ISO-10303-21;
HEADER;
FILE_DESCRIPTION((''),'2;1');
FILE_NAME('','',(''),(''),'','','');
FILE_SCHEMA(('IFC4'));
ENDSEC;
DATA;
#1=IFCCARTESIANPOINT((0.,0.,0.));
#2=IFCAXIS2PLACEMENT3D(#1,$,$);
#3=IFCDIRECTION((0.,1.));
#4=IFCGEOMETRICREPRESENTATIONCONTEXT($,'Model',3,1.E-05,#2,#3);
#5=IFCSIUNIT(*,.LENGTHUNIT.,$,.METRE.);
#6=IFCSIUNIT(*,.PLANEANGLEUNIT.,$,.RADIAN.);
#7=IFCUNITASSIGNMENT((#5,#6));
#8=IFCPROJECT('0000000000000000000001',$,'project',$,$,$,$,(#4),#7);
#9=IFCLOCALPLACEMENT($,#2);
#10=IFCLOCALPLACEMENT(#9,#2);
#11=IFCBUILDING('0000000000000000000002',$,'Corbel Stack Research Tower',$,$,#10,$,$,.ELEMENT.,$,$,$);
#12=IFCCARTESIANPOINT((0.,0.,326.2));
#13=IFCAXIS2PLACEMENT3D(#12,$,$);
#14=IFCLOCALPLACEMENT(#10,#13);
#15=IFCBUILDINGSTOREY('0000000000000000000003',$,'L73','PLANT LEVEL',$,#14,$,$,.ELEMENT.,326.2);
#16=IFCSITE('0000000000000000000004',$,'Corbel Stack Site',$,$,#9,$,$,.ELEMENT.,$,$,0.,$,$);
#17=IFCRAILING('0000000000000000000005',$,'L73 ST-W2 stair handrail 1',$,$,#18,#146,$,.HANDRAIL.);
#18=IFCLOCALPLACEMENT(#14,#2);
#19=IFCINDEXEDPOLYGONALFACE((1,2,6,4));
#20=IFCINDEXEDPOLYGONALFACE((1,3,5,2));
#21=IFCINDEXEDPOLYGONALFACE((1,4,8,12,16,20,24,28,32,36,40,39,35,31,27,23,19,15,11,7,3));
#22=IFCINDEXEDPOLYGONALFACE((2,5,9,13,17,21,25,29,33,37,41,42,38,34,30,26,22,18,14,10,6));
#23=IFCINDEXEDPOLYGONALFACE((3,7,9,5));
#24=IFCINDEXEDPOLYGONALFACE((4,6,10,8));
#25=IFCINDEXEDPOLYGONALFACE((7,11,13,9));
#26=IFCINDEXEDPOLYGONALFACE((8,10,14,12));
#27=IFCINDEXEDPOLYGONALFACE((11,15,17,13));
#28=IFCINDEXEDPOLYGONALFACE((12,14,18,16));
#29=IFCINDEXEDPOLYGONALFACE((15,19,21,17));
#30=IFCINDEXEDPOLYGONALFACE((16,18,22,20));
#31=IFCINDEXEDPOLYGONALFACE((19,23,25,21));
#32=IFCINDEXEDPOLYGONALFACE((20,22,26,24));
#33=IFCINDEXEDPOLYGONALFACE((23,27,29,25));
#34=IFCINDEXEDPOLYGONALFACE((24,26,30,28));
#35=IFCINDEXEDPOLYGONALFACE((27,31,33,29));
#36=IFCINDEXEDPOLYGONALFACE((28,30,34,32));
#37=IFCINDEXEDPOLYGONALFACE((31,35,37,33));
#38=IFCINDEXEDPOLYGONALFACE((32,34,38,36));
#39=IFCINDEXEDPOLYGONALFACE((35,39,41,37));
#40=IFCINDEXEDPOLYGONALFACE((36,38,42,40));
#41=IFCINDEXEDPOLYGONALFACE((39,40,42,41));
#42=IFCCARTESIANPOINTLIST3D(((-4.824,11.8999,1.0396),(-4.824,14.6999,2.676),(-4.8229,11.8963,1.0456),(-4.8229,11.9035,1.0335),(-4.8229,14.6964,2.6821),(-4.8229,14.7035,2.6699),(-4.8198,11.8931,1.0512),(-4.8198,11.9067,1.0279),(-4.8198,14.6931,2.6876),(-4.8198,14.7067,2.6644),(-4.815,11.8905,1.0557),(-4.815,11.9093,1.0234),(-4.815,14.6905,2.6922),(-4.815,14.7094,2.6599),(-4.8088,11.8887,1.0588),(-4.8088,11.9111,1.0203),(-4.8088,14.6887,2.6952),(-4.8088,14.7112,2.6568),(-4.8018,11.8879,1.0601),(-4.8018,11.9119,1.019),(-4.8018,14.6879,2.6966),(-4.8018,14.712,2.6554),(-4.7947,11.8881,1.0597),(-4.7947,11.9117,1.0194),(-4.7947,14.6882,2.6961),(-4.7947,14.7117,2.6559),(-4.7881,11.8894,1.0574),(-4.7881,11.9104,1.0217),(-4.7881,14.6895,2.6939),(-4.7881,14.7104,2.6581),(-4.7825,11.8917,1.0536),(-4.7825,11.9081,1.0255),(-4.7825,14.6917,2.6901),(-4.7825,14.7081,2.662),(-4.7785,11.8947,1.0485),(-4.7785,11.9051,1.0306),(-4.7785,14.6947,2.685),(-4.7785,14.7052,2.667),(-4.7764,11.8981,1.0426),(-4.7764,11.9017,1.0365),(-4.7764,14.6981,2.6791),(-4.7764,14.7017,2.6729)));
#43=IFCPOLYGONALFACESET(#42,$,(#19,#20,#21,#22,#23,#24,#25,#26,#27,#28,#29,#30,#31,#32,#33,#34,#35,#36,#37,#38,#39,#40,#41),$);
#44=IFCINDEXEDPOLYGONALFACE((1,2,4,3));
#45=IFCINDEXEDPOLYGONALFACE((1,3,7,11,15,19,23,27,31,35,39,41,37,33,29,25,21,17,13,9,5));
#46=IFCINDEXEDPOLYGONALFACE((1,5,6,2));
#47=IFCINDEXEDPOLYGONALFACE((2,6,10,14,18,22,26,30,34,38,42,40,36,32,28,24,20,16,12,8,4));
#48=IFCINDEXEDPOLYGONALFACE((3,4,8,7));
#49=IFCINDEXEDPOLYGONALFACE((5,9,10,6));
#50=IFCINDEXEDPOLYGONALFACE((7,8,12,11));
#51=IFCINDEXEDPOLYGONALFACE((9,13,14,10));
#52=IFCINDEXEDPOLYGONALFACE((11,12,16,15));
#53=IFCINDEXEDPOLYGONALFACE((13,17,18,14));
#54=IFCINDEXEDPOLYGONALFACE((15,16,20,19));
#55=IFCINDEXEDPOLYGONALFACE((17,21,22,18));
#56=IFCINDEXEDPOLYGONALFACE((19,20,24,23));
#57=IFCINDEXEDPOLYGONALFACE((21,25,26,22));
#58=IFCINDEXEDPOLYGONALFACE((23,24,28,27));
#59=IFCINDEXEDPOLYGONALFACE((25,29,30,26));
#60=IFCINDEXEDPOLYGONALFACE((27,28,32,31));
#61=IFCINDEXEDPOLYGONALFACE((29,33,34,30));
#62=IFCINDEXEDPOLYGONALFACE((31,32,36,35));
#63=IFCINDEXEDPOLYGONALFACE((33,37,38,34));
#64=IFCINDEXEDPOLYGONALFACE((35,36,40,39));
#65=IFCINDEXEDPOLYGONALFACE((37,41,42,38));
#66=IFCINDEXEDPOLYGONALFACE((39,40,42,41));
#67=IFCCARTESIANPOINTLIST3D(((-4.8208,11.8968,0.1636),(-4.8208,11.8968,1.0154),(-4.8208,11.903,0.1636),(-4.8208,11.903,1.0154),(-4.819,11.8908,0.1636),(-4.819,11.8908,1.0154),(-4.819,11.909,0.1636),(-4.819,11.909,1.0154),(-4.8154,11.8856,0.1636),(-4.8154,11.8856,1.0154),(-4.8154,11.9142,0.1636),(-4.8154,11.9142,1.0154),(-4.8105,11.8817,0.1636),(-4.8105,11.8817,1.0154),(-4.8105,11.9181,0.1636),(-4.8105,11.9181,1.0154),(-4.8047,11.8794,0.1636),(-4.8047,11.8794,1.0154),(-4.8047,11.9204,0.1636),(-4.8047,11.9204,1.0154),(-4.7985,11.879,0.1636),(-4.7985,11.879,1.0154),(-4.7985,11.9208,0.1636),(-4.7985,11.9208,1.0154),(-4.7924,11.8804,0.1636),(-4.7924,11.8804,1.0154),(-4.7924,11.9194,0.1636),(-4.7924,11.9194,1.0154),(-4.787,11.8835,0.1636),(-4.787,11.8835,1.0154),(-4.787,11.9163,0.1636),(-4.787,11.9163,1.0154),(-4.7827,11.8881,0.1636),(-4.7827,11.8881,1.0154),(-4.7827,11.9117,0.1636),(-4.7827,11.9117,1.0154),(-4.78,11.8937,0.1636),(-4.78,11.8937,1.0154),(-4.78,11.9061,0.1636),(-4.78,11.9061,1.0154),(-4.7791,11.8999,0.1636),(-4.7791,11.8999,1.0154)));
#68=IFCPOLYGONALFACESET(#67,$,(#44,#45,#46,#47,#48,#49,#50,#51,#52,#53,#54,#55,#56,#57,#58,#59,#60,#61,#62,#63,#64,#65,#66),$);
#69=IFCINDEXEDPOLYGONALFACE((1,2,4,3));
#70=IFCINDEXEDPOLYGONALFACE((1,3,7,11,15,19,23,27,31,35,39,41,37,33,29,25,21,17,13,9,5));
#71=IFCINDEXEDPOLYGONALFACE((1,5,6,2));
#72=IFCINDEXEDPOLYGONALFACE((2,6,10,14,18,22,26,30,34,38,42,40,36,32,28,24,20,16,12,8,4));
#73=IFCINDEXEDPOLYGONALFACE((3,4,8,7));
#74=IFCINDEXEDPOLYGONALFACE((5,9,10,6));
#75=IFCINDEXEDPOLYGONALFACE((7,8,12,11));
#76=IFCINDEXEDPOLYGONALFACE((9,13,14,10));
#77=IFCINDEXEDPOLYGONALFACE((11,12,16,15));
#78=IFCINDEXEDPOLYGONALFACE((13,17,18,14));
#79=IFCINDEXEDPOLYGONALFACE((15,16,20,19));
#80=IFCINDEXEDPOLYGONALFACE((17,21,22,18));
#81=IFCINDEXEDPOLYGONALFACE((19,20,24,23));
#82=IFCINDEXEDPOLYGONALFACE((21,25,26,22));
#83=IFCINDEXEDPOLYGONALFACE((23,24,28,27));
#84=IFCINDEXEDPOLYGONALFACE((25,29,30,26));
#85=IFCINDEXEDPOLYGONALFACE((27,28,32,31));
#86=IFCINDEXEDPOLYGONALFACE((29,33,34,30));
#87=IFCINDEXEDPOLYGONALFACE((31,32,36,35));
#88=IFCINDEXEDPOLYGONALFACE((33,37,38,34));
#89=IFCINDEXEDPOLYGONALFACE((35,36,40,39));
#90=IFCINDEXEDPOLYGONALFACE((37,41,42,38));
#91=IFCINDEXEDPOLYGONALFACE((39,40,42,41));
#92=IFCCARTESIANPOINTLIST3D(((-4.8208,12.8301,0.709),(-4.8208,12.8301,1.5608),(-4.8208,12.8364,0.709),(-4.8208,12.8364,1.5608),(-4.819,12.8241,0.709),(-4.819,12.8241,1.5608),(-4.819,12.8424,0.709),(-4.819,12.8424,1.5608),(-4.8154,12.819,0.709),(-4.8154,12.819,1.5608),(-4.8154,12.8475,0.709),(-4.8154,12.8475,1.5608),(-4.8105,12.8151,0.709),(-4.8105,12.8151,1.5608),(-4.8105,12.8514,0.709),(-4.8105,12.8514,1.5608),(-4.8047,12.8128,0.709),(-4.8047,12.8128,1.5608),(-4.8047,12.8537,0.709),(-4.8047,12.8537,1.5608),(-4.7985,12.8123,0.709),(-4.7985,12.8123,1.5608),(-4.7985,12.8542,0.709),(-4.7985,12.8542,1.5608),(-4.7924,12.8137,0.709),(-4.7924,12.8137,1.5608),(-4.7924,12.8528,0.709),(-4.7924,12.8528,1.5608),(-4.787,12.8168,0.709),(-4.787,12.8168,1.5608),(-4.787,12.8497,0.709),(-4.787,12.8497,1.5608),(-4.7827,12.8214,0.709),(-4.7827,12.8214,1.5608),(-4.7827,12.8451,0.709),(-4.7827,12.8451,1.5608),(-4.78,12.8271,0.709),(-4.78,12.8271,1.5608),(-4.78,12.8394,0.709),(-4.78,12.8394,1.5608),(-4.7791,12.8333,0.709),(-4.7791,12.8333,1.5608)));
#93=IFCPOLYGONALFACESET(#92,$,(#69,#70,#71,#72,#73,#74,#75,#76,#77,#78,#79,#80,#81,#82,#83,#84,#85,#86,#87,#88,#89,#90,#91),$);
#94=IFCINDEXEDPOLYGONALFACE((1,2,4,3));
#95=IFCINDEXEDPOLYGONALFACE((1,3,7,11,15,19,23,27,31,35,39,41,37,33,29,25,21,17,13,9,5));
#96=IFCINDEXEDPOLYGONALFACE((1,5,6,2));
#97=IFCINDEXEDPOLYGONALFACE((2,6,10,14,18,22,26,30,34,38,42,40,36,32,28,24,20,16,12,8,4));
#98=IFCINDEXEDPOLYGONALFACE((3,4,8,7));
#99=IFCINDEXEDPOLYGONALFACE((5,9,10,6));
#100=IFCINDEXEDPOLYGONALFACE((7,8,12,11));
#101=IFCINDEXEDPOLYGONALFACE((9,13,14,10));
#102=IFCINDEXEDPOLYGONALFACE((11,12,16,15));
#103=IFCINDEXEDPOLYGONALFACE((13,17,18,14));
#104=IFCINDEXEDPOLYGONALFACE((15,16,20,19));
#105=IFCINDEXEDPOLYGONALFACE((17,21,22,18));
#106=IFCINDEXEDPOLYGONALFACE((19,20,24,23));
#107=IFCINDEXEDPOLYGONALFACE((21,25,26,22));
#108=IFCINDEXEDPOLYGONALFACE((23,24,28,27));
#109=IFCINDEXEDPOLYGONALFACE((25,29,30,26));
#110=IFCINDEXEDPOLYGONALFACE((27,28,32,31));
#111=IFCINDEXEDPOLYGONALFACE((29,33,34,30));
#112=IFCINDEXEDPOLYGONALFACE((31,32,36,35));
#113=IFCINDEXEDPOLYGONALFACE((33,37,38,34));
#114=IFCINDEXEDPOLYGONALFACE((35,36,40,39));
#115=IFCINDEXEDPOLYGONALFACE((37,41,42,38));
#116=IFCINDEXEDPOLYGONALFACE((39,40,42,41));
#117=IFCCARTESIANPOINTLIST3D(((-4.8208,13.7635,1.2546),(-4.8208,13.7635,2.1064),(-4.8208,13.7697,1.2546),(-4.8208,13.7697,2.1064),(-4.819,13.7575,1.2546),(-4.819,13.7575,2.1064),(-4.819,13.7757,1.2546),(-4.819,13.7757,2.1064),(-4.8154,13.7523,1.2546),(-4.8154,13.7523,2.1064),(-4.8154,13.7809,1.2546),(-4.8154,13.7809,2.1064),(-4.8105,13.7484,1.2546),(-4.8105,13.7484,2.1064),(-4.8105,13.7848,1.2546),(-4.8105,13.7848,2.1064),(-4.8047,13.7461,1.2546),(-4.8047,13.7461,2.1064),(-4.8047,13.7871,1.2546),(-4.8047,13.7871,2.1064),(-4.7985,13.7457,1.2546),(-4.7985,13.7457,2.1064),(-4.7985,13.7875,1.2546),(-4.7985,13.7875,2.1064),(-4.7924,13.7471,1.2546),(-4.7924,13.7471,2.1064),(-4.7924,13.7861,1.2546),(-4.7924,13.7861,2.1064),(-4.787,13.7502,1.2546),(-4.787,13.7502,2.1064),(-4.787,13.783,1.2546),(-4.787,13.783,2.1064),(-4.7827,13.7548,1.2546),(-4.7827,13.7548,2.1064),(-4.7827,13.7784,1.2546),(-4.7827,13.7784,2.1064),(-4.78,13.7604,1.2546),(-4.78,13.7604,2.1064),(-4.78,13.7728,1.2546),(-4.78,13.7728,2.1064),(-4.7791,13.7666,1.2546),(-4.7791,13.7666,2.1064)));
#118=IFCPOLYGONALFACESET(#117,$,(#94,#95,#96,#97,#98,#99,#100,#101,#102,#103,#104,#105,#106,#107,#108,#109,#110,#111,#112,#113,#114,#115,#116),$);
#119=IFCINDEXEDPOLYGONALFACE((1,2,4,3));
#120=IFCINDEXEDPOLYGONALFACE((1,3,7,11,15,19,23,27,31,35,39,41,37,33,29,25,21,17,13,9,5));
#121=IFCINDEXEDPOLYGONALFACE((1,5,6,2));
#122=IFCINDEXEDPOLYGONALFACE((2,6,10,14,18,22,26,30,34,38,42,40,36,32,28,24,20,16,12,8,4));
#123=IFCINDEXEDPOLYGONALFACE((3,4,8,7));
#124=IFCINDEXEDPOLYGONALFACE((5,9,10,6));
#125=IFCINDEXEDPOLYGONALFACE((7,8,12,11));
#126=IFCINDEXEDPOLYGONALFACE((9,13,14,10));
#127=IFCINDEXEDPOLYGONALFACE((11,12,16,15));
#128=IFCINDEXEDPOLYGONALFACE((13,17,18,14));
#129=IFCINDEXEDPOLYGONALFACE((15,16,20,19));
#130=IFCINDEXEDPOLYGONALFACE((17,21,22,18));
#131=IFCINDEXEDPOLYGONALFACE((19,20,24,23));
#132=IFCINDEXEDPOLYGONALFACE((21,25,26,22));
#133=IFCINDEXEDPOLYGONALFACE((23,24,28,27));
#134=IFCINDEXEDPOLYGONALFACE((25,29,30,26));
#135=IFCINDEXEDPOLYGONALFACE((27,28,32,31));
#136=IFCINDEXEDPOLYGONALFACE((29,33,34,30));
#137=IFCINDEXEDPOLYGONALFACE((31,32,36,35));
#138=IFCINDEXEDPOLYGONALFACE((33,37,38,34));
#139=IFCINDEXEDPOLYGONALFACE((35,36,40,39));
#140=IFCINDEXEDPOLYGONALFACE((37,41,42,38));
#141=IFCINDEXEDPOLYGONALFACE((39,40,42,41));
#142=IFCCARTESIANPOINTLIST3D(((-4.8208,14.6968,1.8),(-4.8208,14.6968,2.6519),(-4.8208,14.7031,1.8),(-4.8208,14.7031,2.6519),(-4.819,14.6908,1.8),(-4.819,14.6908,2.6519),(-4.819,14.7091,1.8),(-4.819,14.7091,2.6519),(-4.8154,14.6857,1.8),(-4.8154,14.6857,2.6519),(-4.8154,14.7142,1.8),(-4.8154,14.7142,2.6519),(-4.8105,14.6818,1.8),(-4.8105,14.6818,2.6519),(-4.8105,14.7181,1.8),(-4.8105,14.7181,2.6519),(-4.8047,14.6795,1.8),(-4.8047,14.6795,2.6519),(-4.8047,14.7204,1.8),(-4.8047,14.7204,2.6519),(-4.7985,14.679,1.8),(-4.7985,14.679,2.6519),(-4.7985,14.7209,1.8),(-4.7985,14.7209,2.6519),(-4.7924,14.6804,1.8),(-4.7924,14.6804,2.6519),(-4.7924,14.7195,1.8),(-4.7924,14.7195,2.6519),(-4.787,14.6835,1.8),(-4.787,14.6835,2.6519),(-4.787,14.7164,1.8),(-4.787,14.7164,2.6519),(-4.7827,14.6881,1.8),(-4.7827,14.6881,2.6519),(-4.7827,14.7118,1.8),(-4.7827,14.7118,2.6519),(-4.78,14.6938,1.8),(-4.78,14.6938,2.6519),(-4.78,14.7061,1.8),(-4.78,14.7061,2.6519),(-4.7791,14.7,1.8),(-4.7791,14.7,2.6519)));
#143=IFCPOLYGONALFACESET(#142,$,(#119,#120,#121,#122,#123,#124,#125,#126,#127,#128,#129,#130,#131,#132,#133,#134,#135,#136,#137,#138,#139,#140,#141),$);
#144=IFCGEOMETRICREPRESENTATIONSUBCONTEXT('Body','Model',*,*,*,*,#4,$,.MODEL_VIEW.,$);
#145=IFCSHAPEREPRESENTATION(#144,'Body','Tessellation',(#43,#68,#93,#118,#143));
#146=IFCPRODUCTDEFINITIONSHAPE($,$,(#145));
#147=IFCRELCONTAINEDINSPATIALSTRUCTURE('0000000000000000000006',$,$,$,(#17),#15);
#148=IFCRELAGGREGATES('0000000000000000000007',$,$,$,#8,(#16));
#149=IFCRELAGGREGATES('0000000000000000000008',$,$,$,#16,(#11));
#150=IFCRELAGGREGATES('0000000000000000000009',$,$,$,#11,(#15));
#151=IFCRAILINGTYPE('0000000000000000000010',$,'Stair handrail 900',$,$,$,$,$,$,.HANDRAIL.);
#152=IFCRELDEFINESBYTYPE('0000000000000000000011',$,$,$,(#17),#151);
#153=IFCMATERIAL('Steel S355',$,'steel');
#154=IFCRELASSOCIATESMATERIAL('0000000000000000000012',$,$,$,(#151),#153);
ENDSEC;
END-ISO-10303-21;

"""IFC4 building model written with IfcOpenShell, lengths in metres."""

from ifc_helpers import new_model, si_unit, direction, frame, origin, origin_2d, place, context, subcontext, project, spatial, circle, extrude, material, type_object, element, save


model = new_model("IFC4")

# Units and contexts
model_context = context("Model", 3, precision=1e-05, world=origin(), true_north=direction((0.0, 1.0)))
body_context = subcontext(model_context, "Body", "Model", "MODEL_VIEW")
ifc_project = project(units=[si_unit("LENGTHUNIT", "METRE"), si_unit("PLANEANGLEUNIT", "RADIAN")], contexts=[model_context])

# Site, building, storey
site_placement = place(None, origin())
site = spatial("IfcSite", under=ifc_project, at=site_placement, Name="Corbel Stack Site", CompositionType="ELEMENT", RefElevation=0.0)
building_placement = place(site_placement, origin())
building = spatial("IfcBuilding", under=site, at=building_placement, Name="Corbel Stack Research Tower", CompositionType="ELEMENT")
storey_placement = place(building_placement, frame((0.0, 0.0, 326.2)))
storey = spatial("IfcBuildingStorey", under=building, at=storey_placement, Name="L73", Description="PLANT LEVEL", CompositionType="ELEMENT", Elevation=326.2)

# Railing
ifc_material_1 = material(Name="Steel S355", Category="steel")
railing_type_1 = type_object("IfcRailingType", Name="Stair handrail 900", PredefinedType="HANDRAIL", material=ifc_material_1)
railing_1_placement = place(storey_placement, frame((-4.8, 11.8999, 0.1636)))
element("IfcRailing", 1, at=railing_1_placement, inside=storey, type_object=railing_type_1, Name="L73 ST-W2 stair handrail 1", PredefinedType="HANDRAIL", context=body_context, shape_type="SweptSolid", body=[
    extrude(circle(Radius=0.0239, at=origin_2d()), frame((0.0, 0.0, 0.876), z_axis=(0.0, 0.863361, 0.504587), x_axis=(-1.0, 0.0, 0.0)), (0.0, 0.0, 1.0), 3.2432),
    extrude(circle(Radius=0.021, at=origin_2d()), origin(), (0.0, 0.0, 1.0), 0.8518),
    extrude(circle(Radius=0.021, at=origin_2d()), frame((0.0, 0.9333, 0.5454)), (0.0, 0.0, 1.0), 0.8518),
    extrude(circle(Radius=0.021, at=origin_2d()), frame((0.0, 1.8667, 1.0911)), (0.0, 0.0, 1.0), 0.8518),
    extrude(circle(Radius=0.021, at=origin_2d()), frame((0.0, 2.8, 1.6365)), (0.0, 0.0, 1.0), 0.8518),
])

save(model, "model.ifc")
